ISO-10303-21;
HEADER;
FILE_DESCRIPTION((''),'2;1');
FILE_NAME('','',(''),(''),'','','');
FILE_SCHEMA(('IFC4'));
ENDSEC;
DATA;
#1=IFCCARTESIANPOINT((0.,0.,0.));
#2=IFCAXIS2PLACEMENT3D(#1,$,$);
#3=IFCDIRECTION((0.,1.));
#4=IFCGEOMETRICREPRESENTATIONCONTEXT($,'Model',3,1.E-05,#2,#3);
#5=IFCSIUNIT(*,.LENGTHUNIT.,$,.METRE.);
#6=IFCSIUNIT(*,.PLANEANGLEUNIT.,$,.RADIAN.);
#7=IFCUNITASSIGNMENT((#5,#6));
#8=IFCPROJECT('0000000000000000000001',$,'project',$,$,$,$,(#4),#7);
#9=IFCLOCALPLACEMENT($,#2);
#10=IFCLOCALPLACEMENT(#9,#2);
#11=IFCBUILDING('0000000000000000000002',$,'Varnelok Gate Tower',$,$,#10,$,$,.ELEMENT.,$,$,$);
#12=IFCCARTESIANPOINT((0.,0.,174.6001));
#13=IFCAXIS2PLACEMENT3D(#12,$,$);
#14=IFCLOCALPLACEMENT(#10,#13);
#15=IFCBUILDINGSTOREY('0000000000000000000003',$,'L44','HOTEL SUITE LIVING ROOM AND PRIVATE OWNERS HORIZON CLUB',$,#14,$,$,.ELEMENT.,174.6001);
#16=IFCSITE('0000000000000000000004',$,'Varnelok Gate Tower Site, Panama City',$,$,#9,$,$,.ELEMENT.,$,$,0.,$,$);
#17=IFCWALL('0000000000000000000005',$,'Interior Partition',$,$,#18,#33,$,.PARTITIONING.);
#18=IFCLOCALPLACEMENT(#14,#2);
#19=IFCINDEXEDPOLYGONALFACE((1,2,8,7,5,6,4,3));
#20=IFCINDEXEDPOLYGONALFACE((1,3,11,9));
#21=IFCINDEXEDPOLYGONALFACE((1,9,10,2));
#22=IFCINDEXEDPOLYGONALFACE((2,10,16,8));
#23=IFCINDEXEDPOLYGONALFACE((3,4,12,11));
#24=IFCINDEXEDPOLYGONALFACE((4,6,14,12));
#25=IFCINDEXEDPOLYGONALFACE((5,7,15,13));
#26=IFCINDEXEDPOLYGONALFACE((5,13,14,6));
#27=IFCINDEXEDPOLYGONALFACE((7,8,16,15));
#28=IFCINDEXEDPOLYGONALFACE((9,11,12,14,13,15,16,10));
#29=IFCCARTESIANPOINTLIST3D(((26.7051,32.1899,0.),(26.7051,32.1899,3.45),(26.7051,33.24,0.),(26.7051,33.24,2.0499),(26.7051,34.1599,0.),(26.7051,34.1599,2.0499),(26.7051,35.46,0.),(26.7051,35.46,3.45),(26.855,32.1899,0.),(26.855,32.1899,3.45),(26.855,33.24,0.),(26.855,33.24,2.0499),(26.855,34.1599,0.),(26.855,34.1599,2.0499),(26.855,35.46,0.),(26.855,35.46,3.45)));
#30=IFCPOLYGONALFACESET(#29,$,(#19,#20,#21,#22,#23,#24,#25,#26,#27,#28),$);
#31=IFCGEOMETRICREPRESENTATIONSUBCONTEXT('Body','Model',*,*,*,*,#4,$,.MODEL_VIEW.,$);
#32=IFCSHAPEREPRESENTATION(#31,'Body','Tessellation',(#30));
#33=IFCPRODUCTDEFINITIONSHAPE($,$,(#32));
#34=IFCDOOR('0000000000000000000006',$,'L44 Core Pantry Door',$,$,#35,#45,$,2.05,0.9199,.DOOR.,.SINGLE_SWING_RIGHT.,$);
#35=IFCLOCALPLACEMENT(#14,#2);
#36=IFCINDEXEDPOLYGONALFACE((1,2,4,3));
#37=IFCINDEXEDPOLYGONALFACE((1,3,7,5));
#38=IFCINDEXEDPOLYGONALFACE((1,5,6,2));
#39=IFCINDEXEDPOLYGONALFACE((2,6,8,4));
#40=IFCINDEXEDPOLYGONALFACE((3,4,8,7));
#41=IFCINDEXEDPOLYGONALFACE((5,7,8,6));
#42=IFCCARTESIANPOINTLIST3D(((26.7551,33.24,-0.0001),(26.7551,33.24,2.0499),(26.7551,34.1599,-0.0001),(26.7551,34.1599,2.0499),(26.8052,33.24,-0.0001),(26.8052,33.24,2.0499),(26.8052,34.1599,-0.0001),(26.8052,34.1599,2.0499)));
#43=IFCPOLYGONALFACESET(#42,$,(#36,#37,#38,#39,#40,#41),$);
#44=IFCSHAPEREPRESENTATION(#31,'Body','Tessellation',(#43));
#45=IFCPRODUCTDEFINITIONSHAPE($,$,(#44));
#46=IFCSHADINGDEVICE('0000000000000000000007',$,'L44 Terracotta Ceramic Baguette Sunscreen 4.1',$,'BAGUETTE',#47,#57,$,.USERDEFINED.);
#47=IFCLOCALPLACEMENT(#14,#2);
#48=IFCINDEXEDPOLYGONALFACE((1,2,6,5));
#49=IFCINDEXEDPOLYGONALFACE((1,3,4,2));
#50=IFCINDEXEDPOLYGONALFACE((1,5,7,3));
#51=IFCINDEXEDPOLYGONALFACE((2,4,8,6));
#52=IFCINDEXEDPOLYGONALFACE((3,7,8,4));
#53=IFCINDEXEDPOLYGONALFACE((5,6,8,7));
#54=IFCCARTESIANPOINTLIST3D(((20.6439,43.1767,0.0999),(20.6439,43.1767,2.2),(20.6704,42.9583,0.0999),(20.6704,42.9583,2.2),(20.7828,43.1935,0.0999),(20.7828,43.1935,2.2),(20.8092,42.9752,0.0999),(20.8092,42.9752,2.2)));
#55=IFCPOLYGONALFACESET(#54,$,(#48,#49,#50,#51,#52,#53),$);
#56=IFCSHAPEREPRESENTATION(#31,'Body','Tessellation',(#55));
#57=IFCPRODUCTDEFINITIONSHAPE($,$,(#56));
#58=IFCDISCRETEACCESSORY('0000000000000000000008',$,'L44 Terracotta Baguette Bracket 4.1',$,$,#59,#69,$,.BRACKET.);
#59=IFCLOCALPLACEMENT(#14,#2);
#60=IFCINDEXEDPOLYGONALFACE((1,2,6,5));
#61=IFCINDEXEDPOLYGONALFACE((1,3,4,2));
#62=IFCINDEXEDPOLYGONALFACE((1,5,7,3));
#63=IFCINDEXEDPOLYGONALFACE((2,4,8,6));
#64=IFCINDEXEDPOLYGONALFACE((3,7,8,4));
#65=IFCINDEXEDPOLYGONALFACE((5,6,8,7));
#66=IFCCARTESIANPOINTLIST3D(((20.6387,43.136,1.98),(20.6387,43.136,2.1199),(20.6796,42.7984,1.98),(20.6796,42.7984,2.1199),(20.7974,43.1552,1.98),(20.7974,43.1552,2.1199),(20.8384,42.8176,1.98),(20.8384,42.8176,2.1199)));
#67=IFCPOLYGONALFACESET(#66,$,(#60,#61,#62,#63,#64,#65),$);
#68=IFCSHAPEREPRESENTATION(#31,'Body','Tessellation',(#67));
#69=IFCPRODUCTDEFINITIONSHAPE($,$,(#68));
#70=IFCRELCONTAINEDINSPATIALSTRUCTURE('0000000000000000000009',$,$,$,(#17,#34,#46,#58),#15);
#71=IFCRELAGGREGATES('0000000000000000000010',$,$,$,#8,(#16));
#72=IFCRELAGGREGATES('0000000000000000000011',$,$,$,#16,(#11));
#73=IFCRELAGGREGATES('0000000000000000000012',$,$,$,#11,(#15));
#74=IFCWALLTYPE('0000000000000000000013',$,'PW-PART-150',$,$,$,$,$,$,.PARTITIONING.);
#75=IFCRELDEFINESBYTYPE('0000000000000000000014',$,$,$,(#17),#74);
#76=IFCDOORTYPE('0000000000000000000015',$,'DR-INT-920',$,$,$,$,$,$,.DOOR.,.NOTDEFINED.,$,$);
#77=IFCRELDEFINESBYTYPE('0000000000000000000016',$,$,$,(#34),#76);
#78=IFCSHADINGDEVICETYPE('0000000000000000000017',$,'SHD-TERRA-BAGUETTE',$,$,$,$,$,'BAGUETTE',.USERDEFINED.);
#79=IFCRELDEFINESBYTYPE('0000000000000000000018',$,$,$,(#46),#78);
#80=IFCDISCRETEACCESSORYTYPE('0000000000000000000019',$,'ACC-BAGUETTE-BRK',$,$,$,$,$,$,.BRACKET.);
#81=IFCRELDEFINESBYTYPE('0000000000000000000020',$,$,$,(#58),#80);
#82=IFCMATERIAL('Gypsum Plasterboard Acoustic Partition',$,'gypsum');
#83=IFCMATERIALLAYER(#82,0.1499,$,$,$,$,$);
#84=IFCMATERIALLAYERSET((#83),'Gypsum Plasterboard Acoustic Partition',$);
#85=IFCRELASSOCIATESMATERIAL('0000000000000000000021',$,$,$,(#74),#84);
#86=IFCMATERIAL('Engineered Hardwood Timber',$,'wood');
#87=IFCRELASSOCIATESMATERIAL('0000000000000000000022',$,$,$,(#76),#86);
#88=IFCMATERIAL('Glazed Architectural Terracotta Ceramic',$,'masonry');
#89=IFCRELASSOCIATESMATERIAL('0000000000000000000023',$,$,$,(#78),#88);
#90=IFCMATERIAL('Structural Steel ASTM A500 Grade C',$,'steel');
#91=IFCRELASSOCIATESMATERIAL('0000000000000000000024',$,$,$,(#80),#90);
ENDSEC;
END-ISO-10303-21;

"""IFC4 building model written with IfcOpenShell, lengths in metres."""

from ifc_helpers import new_model, si_unit, direction, frame, frame_2d, origin, origin_2d, place, context, subcontext, project, spatial, rectangle, extrude, source, transform, mapped, material, layer, layer_set, type_object, element, fill, save


model = new_model("IFC4")

# Units and contexts
model_context = context("Model", 3, precision=1e-05, world=origin(), true_north=direction((0.0, 1.0)))
body_context = subcontext(model_context, "Body", "Model", "MODEL_VIEW")
ifc_project = project(units=[si_unit("LENGTHUNIT", "METRE"), si_unit("PLANEANGLEUNIT", "RADIAN")], contexts=[model_context])

# Site, building, storey
site_placement = place(None, origin())
site = spatial("IfcSite", under=ifc_project, at=site_placement, Name="Varnelok Gate Tower Site, Panama City", CompositionType="ELEMENT", RefElevation=0.0)
building_placement = place(site_placement, origin())
building = spatial("IfcBuilding", under=site, at=building_placement, Name="Varnelok Gate Tower", CompositionType="ELEMENT")
storey_placement = place(building_placement, frame((0.0, 0.0, 174.6001)))
storey = spatial("IfcBuildingStorey", under=building, at=storey_placement, Name="L44", Description="HOTEL SUITE LIVING ROOM AND PRIVATE OWNERS HORIZON CLUB", CompositionType="ELEMENT", Elevation=174.6001)

# Shared definitions
ifc_material_1 = material(Name="Gypsum Plasterboard Acoustic Partition", Category="gypsum")

# Shared definitions
ifc_material_2 = material(Name="Engineered Hardwood Timber", Category="wood")

# Shared definitions
ifc_layer_1 = layer(ifc_material_1, 0.1499)
ifc_layer_set_1 = layer_set([ifc_layer_1], Name="Gypsum Plasterboard Acoustic Partition")
wall_type_1 = type_object("IfcWallType", Name="PW-PART-150", PredefinedType="PARTITIONING", material=ifc_layer_set_1)
door_type_1 = type_object("IfcDoorType", Name="DR-INT-920", OperationType="NOTDEFINED", PredefinedType="DOOR", material=ifc_material_2)

# Wall, opening, door
wall_1_placement = place(storey_placement, frame((26.78, 32.1899, 0.0), z_axis=(0.0, 0.0, 1.0), x_axis=(0.0, 1.0, 0.0)))
wall_1 = element("IfcWall", 1, at=wall_1_placement, inside=storey, type_object=wall_type_1, Name="Interior Partition", PredefinedType="PARTITIONING", context=body_context, shape_type="SweptSolid", body=[
    extrude(rectangle(XDim=3.27, YDim=0.1499, at=frame_2d((1.635, 0.0))), origin(), (0.0, 0.0, 1.0), 3.45),
])
opening_1_placement = place(wall_1_placement, frame((1.05, 0.0, 0.0)))
opening_1 = element("IfcOpeningElement", 2, at=opening_1_placement, cuts=wall_1, PredefinedType="OPENING", context=body_context, shape_type="SweptSolid", body=[
    extrude(rectangle(XDim=0.9199, YDim=2.05, at=frame_2d((0.46, 1.0249))), frame((0.0, 0.085, 0.0), z_axis=(0.0, -1.0, 0.0), x_axis=(1.0, 0.0, 0.0)), (0.0, 0.0, 1.0), 0.1699),
])
door_1_placement = place(opening_1_placement, origin())
door_1 = element("IfcDoor", 3, at=door_1_placement, inside=storey, type_object=door_type_1, Name="L44 Core Pantry Door", OperationType="SINGLE_SWING_RIGHT", OverallHeight=2.05, OverallWidth=0.9199, PredefinedType="DOOR", context=body_context, shape_type="SweptSolid", body=[
    extrude(rectangle(XDim=0.9199, YDim=2.05, at=frame_2d((0.46, 1.0249))), frame((0.0, 0.0249, 0.0), z_axis=(0.0, -1.0, 0.0), x_axis=(1.0, 0.0, 0.0)), (0.0, 0.0, 1.0), 0.05),
])
fill(opening_1, door_1)

# Shading device
ifc_material_3 = material(Name="Glazed Architectural Terracotta Ceramic", Category="masonry")
shading_device_type = type_object("IfcShadingDeviceType", Name="SHD-TERRA-BAGUETTE", ElementType="BAGUETTE", PredefinedType="USERDEFINED", material=ifc_material_3)
shared_shape_1 = source(origin(), body_context, "Body", "SweptSolid", [
    extrude(rectangle(XDim=0.1399, YDim=0.22, at=origin_2d()), origin(), (0.0, 0.0, 1.0), 2.1001),
])
shading_device_placement = place(storey_placement, frame((20.7266, 43.0759, 0.0999), z_axis=(0.0, 0.0, 1.0), x_axis=(0.992732, 0.120345, 0.0)))
element("IfcShadingDevice", 4, at=shading_device_placement, inside=storey, type_object=shading_device_type, Name="L44 Terracotta Ceramic Baguette Sunscreen 4.1", ObjectType="BAGUETTE", PredefinedType="USERDEFINED", context=body_context, shape_type="MappedRepresentation", body=[
    mapped(shared_shape_1, transform((0.0, 0.0, 0.0), scale=1.0)),
])

# Discrete accessory
ifc_material_4 = material(Name="Structural Steel ASTM A500 Grade C", Category="steel")
discrete_accessory_type = type_object("IfcDiscreteAccessoryType", Name="ACC-BAGUETTE-BRK", PredefinedType="BRACKET", material=ifc_material_4)
shared_shape_2 = source(origin(), body_context, "Body", "SweptSolid", [
    extrude(rectangle(XDim=0.1599, YDim=0.3401, at=origin_2d()), origin(), (0.0, 0.0, 1.0), 0.1399),
])
discrete_accessory_placement = place(storey_placement, frame((20.7385, 42.9768, 1.98), z_axis=(0.0, 0.0, 1.0), x_axis=(0.992732, 0.120345, 0.0)))
element("IfcDiscreteAccessory", 5, at=discrete_accessory_placement, inside=storey, type_object=discrete_accessory_type, Name="L44 Terracotta Baguette Bracket 4.1", PredefinedType="BRACKET", context=body_context, shape_type="MappedRepresentation", body=[
    mapped(shared_shape_2, transform((0.0, 0.0, 0.0), scale=1.0)),
])

save(model, "model.ifc")
